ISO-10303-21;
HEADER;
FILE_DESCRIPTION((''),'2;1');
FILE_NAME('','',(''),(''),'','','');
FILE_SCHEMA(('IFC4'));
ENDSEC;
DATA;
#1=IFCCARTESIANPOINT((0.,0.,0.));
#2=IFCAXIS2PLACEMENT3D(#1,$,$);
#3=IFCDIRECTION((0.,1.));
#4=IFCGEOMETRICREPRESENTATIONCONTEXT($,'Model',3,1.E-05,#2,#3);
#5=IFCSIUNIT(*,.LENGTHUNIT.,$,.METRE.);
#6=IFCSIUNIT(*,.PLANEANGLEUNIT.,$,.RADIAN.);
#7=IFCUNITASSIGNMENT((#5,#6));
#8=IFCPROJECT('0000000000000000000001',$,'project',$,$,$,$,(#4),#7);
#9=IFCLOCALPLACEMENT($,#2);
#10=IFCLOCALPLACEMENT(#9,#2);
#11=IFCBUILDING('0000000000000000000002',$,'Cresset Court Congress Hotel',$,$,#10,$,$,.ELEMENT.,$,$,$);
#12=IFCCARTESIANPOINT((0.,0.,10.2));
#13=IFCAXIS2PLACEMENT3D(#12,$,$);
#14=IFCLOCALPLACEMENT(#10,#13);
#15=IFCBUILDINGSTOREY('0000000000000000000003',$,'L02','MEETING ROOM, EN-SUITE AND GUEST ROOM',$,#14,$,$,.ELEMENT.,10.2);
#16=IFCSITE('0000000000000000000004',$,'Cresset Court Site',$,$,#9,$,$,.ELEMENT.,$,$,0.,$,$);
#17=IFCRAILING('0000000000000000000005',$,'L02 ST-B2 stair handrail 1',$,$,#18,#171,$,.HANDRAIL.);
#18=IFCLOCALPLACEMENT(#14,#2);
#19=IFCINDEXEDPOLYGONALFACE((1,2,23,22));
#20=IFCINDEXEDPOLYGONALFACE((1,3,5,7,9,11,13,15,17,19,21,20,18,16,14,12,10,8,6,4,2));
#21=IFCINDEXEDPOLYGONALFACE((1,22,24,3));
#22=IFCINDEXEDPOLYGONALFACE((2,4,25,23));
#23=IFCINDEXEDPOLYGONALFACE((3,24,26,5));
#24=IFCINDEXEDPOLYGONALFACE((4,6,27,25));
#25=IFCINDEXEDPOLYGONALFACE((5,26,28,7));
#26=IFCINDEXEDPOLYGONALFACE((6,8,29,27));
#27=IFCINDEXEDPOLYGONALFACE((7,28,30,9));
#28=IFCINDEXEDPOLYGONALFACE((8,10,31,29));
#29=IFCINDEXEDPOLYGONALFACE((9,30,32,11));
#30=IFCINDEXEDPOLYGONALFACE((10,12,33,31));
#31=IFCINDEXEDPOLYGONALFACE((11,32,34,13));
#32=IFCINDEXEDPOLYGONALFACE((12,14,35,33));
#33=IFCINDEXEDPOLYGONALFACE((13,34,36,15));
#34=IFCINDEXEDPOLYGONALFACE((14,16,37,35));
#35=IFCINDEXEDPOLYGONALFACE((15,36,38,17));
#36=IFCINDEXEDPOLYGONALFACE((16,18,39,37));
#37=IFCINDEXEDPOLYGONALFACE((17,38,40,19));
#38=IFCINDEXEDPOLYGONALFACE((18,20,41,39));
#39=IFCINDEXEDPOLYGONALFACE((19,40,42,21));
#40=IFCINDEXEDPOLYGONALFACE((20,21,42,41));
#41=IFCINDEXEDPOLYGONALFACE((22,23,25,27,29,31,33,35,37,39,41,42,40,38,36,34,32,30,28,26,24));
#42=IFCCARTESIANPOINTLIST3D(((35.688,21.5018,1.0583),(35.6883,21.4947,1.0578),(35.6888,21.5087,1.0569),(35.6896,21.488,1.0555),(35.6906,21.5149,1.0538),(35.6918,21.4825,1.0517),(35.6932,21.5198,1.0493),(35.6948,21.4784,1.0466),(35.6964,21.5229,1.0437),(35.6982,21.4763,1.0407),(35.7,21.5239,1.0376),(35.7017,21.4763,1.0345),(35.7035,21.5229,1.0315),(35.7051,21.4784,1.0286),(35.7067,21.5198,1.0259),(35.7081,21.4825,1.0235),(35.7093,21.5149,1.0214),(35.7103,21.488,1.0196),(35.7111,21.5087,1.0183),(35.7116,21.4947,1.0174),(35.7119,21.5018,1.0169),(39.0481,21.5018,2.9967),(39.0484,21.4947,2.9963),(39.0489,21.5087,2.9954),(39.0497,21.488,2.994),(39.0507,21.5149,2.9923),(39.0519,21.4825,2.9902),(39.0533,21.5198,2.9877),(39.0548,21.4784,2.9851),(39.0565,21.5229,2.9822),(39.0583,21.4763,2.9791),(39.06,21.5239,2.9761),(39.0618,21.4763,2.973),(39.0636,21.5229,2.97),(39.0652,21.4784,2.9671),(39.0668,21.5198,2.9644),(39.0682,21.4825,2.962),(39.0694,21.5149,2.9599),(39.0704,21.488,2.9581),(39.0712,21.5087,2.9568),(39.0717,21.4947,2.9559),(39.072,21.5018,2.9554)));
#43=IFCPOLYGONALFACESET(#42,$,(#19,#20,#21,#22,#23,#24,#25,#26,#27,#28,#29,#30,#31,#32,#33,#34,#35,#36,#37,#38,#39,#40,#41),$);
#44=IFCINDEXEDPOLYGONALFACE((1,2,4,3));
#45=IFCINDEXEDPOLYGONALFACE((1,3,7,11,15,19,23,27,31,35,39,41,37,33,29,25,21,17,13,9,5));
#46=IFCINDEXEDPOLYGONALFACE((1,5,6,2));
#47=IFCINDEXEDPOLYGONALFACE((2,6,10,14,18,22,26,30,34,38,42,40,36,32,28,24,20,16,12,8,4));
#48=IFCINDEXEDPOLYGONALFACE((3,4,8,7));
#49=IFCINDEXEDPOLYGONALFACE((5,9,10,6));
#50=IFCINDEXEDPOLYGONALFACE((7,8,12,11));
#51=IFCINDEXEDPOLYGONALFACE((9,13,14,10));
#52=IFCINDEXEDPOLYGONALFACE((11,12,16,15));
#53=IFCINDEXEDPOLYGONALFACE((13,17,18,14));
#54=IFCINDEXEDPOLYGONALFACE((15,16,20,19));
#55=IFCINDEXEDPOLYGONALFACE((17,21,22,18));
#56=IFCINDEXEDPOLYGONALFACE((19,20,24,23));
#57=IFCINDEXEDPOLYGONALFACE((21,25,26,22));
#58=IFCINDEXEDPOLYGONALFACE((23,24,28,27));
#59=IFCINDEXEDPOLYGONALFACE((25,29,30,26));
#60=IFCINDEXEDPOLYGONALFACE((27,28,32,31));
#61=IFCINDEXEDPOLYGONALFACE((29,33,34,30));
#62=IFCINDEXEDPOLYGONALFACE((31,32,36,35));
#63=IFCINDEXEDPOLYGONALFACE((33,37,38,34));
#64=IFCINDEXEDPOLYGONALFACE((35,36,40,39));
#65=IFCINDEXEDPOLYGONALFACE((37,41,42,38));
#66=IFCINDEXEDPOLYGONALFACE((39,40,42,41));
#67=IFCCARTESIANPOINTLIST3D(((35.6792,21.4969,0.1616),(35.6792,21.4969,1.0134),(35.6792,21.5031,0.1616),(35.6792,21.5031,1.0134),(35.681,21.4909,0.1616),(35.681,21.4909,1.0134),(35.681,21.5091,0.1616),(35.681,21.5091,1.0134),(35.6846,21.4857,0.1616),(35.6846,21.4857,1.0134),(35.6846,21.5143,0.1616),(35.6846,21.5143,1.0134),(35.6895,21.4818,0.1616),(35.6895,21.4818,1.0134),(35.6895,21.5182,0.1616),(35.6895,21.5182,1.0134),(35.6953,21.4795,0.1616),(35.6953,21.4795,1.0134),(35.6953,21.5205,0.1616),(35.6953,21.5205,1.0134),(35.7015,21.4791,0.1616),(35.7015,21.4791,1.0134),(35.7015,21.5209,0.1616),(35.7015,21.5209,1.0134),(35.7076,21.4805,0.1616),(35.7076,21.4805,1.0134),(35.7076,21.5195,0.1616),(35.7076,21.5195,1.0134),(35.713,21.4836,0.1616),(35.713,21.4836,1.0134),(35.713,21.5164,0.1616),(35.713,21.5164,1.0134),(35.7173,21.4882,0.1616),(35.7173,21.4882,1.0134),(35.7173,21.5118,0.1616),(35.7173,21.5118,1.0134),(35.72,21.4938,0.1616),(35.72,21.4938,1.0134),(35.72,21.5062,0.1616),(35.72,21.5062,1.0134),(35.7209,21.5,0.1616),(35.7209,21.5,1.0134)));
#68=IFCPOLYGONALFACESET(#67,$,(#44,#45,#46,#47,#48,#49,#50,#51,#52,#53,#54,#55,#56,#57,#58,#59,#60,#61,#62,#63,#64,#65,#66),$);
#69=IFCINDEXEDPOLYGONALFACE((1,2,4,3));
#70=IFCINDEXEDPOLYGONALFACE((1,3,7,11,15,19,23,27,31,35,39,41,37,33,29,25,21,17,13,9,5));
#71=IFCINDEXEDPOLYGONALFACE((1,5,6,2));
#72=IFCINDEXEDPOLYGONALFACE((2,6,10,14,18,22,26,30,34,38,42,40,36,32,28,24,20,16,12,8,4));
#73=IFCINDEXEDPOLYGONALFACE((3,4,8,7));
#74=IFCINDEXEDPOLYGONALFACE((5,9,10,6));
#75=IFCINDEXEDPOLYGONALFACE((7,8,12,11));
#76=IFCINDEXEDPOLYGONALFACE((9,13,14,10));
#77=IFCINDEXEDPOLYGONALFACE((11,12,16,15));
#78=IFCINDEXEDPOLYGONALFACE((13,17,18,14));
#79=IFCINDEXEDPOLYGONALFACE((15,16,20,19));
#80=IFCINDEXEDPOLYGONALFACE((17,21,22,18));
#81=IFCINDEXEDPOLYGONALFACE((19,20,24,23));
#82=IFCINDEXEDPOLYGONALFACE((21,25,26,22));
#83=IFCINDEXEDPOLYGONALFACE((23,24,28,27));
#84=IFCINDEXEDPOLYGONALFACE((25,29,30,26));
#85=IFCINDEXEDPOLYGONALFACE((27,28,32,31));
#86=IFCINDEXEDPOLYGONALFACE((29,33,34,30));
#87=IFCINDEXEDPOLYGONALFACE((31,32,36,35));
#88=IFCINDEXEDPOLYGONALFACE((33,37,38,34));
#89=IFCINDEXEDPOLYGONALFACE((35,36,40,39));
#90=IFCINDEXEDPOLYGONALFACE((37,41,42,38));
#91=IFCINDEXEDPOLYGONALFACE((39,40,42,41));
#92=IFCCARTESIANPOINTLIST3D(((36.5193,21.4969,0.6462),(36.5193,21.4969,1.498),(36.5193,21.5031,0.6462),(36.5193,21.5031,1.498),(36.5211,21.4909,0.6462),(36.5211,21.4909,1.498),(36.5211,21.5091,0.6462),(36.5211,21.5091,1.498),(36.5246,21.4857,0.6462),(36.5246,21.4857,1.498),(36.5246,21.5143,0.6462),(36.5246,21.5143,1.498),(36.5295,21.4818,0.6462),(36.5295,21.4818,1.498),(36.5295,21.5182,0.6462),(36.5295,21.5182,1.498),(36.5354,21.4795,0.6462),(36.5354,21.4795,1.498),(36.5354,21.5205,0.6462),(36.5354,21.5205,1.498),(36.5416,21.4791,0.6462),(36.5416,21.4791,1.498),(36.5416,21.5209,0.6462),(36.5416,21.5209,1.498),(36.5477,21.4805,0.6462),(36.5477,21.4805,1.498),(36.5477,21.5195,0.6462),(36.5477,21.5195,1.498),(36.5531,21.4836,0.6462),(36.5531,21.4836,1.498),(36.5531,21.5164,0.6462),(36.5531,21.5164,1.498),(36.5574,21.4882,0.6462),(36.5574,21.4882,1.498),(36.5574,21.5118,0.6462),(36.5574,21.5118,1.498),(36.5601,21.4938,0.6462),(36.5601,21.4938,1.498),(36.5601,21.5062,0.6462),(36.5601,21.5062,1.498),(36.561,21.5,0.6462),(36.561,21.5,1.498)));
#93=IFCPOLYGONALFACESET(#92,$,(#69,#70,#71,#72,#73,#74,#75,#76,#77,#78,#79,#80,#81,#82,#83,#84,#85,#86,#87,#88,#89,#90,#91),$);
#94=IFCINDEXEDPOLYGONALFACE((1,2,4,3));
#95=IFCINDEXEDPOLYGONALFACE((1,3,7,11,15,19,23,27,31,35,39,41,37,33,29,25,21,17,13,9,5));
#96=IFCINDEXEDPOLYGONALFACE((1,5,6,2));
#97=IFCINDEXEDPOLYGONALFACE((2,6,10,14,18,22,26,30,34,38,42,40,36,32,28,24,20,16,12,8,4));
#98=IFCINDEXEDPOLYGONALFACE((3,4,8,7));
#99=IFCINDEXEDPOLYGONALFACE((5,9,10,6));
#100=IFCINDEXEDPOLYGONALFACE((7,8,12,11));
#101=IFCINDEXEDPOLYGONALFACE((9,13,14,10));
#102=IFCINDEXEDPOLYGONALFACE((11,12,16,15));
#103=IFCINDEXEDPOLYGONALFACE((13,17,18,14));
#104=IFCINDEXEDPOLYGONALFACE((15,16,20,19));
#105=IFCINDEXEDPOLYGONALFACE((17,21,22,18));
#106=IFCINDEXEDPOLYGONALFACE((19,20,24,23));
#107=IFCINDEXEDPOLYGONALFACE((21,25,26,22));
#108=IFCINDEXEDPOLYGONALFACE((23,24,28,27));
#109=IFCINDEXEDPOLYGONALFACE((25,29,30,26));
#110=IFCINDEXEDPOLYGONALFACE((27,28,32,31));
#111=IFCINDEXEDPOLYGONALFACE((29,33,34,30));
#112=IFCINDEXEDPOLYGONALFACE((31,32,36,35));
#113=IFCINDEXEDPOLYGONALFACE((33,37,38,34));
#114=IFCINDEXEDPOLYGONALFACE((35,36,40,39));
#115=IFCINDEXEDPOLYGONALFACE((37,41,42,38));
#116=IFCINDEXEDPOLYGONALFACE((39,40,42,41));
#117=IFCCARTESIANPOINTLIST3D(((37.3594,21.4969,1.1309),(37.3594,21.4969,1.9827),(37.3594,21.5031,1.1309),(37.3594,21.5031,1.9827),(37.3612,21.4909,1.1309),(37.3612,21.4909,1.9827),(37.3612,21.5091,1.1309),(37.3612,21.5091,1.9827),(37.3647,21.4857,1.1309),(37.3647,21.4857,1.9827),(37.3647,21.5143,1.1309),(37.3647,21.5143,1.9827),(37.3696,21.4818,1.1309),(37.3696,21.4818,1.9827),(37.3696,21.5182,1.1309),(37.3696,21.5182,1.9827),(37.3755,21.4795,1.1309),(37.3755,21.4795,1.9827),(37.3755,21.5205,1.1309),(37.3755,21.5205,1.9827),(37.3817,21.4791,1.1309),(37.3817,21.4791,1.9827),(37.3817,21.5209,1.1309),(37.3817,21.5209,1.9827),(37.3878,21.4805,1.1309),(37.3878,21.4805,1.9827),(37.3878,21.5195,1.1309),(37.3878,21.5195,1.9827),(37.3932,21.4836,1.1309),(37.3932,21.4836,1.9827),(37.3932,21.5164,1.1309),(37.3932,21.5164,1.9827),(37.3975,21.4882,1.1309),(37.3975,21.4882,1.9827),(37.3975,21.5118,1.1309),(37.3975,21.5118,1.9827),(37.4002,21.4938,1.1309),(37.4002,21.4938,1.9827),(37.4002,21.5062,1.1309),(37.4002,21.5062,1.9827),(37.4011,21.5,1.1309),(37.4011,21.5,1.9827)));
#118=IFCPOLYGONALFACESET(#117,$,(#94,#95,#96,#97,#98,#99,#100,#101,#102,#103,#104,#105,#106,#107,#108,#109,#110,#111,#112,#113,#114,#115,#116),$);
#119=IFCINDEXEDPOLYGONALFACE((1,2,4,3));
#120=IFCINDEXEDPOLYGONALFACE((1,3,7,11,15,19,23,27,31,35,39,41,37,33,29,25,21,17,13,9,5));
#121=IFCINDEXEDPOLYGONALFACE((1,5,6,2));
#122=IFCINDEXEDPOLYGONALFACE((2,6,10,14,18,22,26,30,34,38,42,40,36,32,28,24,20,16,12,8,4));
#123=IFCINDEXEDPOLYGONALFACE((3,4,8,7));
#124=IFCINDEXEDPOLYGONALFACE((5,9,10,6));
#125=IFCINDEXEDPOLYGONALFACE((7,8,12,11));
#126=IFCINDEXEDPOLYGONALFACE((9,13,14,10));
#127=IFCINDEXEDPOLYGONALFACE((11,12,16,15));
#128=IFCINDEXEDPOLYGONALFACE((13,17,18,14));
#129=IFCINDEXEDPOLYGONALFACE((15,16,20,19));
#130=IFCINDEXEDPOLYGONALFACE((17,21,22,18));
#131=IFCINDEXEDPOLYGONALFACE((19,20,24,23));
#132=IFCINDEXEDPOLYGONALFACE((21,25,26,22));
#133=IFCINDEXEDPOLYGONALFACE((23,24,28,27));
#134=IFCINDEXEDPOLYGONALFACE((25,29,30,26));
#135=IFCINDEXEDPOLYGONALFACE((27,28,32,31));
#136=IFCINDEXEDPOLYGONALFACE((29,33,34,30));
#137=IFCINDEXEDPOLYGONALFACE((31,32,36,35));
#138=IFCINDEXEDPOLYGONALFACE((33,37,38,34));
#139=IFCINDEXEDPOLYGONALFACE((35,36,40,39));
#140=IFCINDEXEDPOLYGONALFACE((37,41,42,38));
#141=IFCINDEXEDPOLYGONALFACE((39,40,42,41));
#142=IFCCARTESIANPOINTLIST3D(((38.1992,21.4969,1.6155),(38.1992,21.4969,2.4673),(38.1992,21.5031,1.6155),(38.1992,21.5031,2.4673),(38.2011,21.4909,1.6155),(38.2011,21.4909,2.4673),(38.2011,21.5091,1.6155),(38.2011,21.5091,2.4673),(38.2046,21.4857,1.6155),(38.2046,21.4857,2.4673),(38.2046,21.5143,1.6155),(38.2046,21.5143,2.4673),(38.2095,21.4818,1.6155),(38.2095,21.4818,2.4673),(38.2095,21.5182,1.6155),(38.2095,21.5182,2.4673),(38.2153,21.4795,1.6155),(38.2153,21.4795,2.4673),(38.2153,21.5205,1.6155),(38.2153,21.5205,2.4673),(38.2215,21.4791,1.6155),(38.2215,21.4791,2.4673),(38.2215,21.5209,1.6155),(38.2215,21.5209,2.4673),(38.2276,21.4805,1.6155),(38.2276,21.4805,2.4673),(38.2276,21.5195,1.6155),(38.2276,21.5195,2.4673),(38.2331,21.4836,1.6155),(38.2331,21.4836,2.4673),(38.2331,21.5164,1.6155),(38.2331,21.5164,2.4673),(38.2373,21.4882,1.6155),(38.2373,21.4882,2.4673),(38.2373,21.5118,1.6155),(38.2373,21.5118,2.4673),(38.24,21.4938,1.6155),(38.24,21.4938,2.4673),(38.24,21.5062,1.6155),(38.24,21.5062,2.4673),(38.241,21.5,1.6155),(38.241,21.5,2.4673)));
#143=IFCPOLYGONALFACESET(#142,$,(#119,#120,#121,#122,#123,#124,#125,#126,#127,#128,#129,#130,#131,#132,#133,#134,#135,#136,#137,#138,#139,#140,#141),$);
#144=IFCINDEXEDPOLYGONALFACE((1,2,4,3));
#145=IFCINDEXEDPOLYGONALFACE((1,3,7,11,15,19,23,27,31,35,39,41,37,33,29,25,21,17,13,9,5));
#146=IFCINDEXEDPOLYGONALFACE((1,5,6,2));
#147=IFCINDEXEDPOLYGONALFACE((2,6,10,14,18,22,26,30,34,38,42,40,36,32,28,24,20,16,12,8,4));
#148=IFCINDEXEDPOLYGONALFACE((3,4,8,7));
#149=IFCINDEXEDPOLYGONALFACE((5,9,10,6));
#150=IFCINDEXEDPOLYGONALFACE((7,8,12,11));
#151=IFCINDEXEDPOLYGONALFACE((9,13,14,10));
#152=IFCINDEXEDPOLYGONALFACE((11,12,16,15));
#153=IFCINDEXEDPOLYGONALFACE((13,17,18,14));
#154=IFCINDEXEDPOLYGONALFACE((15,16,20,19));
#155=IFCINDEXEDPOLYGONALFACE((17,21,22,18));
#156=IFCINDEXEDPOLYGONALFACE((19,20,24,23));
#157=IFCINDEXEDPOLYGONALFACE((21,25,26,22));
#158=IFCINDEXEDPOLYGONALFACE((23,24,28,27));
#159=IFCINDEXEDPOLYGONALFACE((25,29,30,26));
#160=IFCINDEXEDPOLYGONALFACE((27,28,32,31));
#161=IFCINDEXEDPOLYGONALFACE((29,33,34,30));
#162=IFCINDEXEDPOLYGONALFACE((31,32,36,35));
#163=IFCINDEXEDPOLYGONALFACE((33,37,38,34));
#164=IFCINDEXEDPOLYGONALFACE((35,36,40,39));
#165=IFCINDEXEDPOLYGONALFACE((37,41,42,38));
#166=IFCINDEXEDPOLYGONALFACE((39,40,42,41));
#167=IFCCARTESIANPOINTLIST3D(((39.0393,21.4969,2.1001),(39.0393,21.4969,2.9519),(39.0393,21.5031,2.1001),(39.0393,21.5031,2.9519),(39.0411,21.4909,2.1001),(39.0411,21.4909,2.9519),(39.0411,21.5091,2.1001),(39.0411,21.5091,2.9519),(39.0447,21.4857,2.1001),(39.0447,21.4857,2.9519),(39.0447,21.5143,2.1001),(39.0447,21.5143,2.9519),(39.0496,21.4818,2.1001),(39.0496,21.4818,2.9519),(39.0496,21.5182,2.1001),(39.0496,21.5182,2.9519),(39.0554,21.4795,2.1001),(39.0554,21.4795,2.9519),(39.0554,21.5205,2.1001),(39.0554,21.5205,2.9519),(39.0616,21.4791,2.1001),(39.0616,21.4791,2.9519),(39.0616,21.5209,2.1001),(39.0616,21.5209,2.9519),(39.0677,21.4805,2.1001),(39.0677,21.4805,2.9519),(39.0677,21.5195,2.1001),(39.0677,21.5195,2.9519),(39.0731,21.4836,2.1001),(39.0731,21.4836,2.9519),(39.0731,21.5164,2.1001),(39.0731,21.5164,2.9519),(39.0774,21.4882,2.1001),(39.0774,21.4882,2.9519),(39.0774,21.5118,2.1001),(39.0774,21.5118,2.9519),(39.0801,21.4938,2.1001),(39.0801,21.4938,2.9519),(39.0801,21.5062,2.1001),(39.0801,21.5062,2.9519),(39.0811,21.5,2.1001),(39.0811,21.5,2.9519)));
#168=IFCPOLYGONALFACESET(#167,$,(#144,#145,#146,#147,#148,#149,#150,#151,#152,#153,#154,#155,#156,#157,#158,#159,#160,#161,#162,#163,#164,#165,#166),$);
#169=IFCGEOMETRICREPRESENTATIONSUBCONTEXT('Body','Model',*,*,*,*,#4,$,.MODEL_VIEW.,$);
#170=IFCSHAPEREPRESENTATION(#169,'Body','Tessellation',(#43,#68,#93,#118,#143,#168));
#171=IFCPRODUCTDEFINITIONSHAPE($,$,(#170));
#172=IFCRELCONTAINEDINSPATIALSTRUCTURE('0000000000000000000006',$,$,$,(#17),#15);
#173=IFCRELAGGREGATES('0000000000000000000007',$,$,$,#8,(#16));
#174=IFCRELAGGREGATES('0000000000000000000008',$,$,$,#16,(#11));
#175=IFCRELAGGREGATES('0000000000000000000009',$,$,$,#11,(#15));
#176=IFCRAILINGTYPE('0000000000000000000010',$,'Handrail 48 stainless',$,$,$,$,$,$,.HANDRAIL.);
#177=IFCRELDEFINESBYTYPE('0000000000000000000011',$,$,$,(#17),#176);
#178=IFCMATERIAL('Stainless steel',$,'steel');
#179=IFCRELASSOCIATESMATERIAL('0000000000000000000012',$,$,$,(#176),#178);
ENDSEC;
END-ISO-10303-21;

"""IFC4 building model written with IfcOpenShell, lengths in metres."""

from ifc_helpers import new_model, si_unit, direction, frame, origin, origin_2d, place, context, subcontext, project, spatial, circle, extrude, material, type_object, element, save


model = new_model("IFC4")

# Units and contexts
model_context = context("Model", 3, precision=1e-05, world=origin(), true_north=direction((0.0, 1.0)))
body_context = subcontext(model_context, "Body", "Model", "MODEL_VIEW")
ifc_project = project(units=[si_unit("LENGTHUNIT", "METRE"), si_unit("PLANEANGLEUNIT", "RADIAN")], contexts=[model_context])

# Site, building, storey
site_placement = place(None, origin())
site = spatial("IfcSite", under=ifc_project, at=site_placement, Name="Cresset Court Site", CompositionType="ELEMENT", RefElevation=0.0)
building_placement = place(site_placement, origin())
building = spatial("IfcBuilding", under=site, at=building_placement, Name="Cresset Court Congress Hotel", CompositionType="ELEMENT")
storey_placement = place(building_placement, frame((0.0, 0.0, 10.2)))
storey = spatial("IfcBuildingStorey", under=building, at=storey_placement, Name="L02", Description="MEETING ROOM, EN-SUITE AND GUEST ROOM", CompositionType="ELEMENT", Elevation=10.2)

# Railing
ifc_material_1 = material(Name="Stainless steel", Category="steel")
railing_type_1 = type_object("IfcRailingType", Name="Handrail 48 stainless", PredefinedType="HANDRAIL", material=ifc_material_1)
railing_1_placement = place(storey_placement, frame((35.7, 21.5, 0.1616)))
element("IfcRailing", 1, at=railing_1_placement, inside=storey, type_object=railing_type_1, Name="L02 ST-B2 stair handrail 1", PredefinedType="HANDRAIL", context=body_context, shape_type="SweptSolid", body=[
    extrude(circle(Radius=0.0239, at=origin_2d()), frame((0.0, 0.0, 0.876), z_axis=(0.866191, 0.0, 0.499713), x_axis=(0.0, 1.0, 0.0)), (0.0, 0.0, 1.0), 3.8792),
    extrude(circle(Radius=0.021, at=origin_2d()), origin(), (0.0, 0.0, 1.0), 0.8518),
    extrude(circle(Radius=0.021, at=origin_2d()), frame((0.8401, 0.0, 0.4846)), (0.0, 0.0, 1.0), 0.8518),
    extrude(circle(Radius=0.021, at=origin_2d()), frame((1.6802, 0.0, 0.9692)), (0.0, 0.0, 1.0), 0.8518),
    extrude(circle(Radius=0.021, at=origin_2d()), frame((2.52, 0.0, 1.4539)), (0.0, 0.0, 1.0), 0.8518),
    extrude(circle(Radius=0.021, at=origin_2d()), frame((3.3601, 0.0, 1.9385)), (0.0, 0.0, 1.0), 0.8518),
])

save(model, "model.ifc")
